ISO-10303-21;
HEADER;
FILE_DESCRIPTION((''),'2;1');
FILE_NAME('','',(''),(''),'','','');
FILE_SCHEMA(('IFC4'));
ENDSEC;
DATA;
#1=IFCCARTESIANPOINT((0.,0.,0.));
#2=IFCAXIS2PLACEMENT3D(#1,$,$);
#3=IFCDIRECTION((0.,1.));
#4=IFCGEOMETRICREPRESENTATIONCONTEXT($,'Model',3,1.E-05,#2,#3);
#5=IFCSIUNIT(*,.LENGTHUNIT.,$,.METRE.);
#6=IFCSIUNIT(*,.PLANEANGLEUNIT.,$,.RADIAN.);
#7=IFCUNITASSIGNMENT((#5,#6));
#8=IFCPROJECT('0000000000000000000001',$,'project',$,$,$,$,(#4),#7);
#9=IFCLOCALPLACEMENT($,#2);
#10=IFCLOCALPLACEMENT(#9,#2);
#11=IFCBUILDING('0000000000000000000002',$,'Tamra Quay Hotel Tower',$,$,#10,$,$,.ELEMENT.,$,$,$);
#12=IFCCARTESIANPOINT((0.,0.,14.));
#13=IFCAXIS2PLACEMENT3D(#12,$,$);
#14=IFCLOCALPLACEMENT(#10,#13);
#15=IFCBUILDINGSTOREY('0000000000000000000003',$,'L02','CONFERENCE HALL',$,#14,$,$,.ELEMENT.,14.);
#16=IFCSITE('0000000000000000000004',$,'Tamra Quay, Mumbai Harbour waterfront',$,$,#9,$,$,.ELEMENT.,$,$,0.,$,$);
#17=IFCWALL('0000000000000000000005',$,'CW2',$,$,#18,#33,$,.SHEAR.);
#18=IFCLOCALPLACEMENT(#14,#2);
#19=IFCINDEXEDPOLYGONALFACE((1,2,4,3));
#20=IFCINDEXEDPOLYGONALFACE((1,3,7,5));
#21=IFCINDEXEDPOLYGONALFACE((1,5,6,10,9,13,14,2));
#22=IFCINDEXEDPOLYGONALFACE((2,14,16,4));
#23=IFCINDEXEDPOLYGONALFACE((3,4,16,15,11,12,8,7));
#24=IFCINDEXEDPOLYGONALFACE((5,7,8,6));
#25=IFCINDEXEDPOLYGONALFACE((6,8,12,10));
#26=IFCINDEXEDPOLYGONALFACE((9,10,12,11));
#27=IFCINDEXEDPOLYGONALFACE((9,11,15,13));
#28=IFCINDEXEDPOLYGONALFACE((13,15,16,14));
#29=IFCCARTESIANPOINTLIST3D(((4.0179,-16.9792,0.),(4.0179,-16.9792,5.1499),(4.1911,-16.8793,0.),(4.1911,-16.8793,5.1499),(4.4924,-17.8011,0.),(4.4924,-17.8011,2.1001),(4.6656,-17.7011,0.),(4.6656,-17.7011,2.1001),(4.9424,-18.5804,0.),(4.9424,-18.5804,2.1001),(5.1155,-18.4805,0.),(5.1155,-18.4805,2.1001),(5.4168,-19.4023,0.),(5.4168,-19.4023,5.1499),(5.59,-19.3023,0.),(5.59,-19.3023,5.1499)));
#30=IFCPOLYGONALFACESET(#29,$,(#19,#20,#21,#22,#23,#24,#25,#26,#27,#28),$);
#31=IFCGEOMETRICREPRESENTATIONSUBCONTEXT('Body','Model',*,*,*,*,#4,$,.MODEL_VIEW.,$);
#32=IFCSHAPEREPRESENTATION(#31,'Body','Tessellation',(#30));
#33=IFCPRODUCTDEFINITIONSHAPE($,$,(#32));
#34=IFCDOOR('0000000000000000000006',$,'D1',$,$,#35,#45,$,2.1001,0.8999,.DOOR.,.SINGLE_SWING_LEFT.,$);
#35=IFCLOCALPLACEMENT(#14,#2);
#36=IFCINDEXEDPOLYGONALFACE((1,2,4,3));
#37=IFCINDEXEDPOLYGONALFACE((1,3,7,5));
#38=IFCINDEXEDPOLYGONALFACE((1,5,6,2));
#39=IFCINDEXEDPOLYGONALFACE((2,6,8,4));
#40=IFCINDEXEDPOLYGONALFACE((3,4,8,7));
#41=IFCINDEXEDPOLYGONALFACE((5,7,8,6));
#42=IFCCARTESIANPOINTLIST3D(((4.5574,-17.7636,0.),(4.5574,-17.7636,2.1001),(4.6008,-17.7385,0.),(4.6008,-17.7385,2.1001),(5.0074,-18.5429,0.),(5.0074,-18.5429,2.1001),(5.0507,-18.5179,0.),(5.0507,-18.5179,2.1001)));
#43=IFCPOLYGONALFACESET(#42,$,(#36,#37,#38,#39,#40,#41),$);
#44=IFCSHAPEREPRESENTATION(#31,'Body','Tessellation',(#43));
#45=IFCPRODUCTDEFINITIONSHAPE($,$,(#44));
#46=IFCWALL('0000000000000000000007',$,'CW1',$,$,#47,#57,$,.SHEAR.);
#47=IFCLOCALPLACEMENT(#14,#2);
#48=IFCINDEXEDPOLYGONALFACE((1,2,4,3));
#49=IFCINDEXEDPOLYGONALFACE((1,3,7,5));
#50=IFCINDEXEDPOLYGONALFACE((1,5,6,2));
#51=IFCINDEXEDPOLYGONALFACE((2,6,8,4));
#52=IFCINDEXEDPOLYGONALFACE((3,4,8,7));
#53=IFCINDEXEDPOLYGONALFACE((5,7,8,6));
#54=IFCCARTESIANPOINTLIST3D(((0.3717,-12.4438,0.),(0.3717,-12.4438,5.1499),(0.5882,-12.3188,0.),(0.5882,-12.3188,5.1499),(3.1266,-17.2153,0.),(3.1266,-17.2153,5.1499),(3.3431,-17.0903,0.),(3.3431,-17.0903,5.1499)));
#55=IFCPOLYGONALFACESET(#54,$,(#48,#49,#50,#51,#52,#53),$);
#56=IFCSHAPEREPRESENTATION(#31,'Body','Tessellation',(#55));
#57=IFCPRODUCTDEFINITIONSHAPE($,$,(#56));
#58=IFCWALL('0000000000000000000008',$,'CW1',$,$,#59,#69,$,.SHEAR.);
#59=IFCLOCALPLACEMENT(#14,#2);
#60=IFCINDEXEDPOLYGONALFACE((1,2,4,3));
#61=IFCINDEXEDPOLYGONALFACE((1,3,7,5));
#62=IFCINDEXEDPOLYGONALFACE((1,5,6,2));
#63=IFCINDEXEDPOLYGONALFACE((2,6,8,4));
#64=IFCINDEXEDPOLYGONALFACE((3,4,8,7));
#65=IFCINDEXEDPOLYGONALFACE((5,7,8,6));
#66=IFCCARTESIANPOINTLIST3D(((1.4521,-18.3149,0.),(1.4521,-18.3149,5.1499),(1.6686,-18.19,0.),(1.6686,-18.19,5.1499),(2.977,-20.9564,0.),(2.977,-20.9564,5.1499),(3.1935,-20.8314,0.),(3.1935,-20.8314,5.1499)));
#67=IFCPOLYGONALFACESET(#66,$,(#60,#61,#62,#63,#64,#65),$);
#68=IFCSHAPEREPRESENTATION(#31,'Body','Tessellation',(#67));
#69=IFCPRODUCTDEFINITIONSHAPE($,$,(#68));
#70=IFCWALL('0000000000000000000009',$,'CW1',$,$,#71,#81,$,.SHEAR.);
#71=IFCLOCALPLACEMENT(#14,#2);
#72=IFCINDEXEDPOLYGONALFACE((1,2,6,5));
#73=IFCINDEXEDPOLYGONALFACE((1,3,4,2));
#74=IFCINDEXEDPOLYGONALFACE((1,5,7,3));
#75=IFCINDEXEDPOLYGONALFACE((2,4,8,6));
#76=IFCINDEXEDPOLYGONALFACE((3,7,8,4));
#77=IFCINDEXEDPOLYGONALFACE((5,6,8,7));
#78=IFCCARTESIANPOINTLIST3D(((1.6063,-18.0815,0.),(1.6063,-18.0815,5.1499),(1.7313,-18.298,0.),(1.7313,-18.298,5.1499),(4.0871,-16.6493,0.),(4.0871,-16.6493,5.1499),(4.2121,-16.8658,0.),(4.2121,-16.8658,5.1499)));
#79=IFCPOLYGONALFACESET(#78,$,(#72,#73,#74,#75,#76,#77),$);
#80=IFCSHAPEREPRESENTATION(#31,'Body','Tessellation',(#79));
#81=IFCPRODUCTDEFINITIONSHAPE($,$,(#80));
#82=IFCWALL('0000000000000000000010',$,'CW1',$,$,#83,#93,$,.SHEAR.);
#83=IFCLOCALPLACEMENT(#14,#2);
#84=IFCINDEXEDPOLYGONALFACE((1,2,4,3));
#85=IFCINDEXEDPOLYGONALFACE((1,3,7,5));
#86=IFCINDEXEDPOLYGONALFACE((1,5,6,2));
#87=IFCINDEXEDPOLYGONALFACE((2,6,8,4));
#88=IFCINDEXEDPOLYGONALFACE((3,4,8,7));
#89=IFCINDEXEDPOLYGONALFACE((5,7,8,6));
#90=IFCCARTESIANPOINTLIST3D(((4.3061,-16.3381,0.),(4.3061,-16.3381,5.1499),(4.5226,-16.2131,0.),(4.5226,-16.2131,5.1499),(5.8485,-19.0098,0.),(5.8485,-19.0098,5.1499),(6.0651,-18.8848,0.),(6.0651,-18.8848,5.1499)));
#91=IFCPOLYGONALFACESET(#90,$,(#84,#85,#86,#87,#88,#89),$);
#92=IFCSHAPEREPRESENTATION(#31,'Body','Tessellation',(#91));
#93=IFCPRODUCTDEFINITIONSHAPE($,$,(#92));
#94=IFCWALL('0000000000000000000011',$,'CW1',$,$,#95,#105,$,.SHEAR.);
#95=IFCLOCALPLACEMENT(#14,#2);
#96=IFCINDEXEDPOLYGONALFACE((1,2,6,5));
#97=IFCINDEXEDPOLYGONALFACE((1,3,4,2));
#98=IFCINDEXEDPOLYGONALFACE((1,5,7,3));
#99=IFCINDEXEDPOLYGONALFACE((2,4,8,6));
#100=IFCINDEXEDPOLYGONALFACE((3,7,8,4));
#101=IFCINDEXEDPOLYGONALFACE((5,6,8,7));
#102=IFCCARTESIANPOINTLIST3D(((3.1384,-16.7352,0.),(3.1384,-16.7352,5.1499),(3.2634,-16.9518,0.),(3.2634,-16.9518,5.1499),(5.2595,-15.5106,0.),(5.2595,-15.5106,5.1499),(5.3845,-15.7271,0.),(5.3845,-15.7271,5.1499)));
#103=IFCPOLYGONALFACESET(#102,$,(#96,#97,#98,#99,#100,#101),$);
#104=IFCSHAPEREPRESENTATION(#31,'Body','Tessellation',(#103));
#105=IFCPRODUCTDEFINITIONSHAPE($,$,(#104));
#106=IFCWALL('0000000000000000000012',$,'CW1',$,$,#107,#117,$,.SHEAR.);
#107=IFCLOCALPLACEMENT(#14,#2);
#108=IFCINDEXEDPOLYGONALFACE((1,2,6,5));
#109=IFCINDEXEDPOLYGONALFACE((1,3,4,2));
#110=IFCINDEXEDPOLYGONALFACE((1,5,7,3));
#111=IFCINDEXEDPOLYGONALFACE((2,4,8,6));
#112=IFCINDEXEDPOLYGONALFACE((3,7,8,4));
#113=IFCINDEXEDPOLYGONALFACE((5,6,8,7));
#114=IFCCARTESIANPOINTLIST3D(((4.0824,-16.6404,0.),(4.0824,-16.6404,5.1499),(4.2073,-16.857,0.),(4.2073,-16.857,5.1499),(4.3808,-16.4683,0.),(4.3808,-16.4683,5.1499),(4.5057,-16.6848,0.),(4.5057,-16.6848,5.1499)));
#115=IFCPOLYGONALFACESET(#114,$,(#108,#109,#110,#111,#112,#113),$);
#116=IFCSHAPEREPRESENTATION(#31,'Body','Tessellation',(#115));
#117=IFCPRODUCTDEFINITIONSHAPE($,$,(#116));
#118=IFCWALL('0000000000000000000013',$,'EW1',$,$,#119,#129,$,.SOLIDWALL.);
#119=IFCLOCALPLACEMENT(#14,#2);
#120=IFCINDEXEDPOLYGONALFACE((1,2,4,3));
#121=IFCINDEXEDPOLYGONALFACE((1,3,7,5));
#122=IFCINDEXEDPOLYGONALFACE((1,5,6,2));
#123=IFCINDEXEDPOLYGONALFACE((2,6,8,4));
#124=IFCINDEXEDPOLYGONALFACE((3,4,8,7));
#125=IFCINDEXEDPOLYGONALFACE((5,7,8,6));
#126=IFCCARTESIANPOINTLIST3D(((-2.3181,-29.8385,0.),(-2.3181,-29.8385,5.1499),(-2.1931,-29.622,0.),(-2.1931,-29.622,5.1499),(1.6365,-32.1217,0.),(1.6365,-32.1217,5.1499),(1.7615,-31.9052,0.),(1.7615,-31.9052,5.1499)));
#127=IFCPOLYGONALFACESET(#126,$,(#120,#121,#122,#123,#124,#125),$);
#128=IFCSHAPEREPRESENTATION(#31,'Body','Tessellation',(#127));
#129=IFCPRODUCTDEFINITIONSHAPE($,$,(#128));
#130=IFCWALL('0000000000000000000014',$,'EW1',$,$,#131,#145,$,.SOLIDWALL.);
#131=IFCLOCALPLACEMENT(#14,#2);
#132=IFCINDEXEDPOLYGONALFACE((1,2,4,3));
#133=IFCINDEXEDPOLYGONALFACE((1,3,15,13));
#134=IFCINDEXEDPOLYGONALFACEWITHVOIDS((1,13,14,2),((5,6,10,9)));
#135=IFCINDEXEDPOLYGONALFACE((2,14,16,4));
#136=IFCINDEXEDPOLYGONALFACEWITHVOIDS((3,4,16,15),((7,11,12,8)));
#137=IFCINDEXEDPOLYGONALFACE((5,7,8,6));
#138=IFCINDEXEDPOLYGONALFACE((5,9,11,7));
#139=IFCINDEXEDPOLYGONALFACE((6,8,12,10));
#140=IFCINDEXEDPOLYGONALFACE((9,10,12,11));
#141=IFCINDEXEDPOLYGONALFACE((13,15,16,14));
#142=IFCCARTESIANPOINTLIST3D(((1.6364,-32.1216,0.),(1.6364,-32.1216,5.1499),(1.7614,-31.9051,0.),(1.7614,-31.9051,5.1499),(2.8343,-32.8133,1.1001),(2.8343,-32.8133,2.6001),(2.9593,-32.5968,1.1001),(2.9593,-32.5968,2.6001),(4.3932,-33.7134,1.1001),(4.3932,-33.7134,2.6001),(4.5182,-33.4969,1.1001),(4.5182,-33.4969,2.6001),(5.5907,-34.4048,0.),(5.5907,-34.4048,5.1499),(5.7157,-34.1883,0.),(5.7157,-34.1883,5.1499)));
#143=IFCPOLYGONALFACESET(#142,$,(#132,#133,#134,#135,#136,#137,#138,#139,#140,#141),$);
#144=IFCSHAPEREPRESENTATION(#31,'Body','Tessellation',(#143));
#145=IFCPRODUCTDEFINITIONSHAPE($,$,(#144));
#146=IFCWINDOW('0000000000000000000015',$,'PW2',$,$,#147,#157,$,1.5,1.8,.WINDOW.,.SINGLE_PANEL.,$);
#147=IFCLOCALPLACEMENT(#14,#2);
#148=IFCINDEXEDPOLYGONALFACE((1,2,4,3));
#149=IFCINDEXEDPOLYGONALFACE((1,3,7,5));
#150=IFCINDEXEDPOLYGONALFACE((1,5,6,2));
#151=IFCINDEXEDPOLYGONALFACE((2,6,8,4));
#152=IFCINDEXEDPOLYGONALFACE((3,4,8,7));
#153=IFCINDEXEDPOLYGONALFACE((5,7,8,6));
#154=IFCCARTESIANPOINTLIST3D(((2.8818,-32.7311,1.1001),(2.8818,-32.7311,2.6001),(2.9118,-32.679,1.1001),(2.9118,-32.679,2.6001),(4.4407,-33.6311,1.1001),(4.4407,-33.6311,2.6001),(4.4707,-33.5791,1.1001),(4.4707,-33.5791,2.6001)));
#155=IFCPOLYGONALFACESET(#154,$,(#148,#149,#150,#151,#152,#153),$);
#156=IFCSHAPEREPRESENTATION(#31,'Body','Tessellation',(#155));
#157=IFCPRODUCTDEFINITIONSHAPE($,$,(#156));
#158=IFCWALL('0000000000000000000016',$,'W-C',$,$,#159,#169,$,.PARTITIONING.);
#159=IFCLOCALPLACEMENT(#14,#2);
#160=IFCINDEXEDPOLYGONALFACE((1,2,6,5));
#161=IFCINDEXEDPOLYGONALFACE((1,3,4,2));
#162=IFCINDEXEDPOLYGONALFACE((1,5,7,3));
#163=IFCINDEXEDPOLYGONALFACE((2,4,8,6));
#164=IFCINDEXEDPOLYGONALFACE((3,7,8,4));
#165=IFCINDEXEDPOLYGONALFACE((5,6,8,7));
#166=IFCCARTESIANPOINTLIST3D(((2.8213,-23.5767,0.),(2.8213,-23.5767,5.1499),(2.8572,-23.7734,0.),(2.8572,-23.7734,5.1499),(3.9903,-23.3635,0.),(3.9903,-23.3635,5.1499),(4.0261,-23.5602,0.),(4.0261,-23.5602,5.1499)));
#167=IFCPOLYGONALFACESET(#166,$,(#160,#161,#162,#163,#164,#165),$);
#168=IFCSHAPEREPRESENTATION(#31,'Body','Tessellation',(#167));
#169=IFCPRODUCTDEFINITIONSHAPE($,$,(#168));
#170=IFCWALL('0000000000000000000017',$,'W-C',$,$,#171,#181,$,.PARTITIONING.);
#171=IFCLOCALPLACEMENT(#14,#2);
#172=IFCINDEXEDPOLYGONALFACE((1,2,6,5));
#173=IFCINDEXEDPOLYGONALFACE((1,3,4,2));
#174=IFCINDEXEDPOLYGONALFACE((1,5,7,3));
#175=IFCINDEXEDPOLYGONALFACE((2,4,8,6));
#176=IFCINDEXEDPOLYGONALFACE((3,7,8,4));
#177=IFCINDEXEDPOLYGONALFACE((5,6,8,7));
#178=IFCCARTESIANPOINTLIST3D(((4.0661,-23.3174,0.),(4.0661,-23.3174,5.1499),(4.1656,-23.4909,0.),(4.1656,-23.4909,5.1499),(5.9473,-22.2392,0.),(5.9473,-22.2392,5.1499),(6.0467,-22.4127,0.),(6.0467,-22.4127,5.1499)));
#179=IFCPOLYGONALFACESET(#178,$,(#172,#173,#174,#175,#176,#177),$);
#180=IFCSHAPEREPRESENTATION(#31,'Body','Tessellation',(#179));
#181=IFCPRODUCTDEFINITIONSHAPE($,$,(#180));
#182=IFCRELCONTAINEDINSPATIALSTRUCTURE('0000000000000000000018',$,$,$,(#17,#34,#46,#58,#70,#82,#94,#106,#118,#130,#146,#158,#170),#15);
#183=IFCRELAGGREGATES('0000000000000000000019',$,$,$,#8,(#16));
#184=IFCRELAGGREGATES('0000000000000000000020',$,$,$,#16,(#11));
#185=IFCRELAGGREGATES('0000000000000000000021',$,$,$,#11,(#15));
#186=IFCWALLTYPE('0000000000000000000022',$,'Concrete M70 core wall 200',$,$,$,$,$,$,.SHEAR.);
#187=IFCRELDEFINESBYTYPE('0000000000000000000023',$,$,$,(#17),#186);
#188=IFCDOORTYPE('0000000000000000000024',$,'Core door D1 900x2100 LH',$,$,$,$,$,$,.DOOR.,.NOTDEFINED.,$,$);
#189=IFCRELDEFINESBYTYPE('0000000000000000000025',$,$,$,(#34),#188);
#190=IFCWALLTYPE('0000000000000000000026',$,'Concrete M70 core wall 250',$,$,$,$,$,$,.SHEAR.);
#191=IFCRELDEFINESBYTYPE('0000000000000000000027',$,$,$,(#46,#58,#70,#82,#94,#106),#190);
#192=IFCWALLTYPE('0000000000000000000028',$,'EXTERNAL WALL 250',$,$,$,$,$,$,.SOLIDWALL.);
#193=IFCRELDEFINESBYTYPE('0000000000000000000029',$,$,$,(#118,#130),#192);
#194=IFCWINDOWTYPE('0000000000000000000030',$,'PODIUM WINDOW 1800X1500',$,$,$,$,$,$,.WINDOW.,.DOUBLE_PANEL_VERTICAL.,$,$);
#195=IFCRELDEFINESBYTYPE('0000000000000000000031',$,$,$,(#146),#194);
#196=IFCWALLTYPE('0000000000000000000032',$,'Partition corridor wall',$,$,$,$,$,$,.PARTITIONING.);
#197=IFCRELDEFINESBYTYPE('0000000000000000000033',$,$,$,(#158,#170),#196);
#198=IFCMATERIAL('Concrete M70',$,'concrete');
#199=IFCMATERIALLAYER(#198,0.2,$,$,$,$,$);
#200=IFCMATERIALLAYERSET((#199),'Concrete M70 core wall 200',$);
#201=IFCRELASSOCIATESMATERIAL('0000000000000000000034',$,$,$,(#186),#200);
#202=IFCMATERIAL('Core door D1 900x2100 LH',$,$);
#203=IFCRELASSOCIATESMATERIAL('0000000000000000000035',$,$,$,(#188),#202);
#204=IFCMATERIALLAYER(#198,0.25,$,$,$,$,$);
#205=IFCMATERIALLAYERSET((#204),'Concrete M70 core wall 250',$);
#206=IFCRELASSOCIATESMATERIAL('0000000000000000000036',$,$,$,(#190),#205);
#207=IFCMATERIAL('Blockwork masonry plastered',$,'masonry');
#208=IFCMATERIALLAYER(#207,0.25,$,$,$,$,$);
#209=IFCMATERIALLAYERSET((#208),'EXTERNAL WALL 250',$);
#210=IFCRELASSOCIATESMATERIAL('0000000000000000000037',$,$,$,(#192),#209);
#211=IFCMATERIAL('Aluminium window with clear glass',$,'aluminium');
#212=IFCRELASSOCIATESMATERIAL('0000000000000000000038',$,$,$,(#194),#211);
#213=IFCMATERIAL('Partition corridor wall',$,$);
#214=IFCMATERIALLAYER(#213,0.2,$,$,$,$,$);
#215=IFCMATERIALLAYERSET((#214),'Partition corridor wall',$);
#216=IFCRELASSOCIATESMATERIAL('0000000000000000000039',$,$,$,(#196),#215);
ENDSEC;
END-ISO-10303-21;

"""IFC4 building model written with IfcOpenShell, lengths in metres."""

from ifc_helpers import new_model, si_unit, direction, frame, frame_2d, origin, place, context, subcontext, project, spatial, rectangle, extrude, material, layer, layer_set, type_object, element, fill, save


model = new_model("IFC4")

# Units and contexts
model_context = context("Model", 3, precision=1e-05, world=origin(), true_north=direction((0.0, 1.0)))
body_context = subcontext(model_context, "Body", "Model", "MODEL_VIEW")
ifc_project = project(units=[si_unit("LENGTHUNIT", "METRE"), si_unit("PLANEANGLEUNIT", "RADIAN")], contexts=[model_context])

# Site, building, storey
site_placement = place(None, origin())
site = spatial("IfcSite", under=ifc_project, at=site_placement, Name="Tamra Quay, Mumbai Harbour waterfront", CompositionType="ELEMENT", RefElevation=0.0)
building_placement = place(site_placement, origin())
building = spatial("IfcBuilding", under=site, at=building_placement, Name="Tamra Quay Hotel Tower", CompositionType="ELEMENT")
storey_placement = place(building_placement, frame((0.0, 0.0, 14.0)))
storey = spatial("IfcBuildingStorey", under=building, at=storey_placement, Name="L02", Description="CONFERENCE HALL", CompositionType="ELEMENT", Elevation=14.0)

# Wall, opening, door
ifc_material_1 = material(Name="Concrete M70", Category="concrete")
ifc_layer_1 = layer(ifc_material_1, 0.2)
ifc_layer_set_1 = layer_set([ifc_layer_1], Name="Concrete M70 core wall 200")
wall_type_1 = type_object("IfcWallType", Name="Concrete M70 core wall 200", PredefinedType="SHEAR", material=ifc_layer_set_1)
wall_1_placement = place(storey_placement, frame((5.5034, -19.3523, 0.0), z_axis=(0.0, 0.0, 1.0), x_axis=(-0.499987, 0.866033, 0.0)))
wall_1 = element("IfcWall", 1, at=wall_1_placement, inside=storey, type_object=wall_type_1, Name="CW2", PredefinedType="SHEAR", context=body_context, shape_type="SweptSolid", body=[
    extrude(rectangle(XDim=2.7979, YDim=0.2, at=frame_2d((1.3989, 0.0))), origin(), (0.0, 0.0, 1.0), 5.1499),
])
opening_1_placement = place(wall_1_placement, frame((0.949, 0.0, 0.0)))
opening_1 = element("IfcOpeningElement", 2, at=opening_1_placement, cuts=wall_1, PredefinedType="OPENING", context=body_context, shape_type="SweptSolid", body=[
    extrude(rectangle(XDim=0.8999, YDim=2.1001, at=frame_2d((0.45, 1.05))), frame((0.0, 0.1099, 0.0), z_axis=(0.0, -1.0, 0.0), x_axis=(1.0, 0.0, 0.0)), (0.0, 0.0, 1.0), 0.22),
])
ifc_material_2 = material(Name="Core door D1 900x2100 LH")
door_type = type_object("IfcDoorType", Name="Core door D1 900x2100 LH", OperationType="NOTDEFINED", PredefinedType="DOOR", material=ifc_material_2)
door_placement = place(opening_1_placement, origin())
door = element("IfcDoor", 3, at=door_placement, inside=storey, type_object=door_type, Name="D1", OperationType="SINGLE_SWING_LEFT", OverallHeight=2.1001, OverallWidth=0.8999, PredefinedType="DOOR", context=body_context, shape_type="SweptSolid", body=[
    extrude(rectangle(XDim=0.8999, YDim=2.1001, at=frame_2d((0.45, 1.05))), frame((0.0, 0.0249, 0.0), z_axis=(0.0, -1.0, 0.0), x_axis=(1.0, 0.0, 0.0)), (0.0, 0.0, 1.0), 0.05),
])
fill(opening_1, door)

# Walls
ifc_layer_2 = layer(ifc_material_1, 0.25)
ifc_layer_set_2 = layer_set([ifc_layer_2], Name="Concrete M70 core wall 250")
wall_type_2 = type_object("IfcWallType", Name="Concrete M70 core wall 250", PredefinedType="SHEAR", material=ifc_layer_set_2)
wall_2_placement = place(storey_placement, frame((3.2349, -17.1528, 0.0), z_axis=(0.0, 0.0, 1.0), x_axis=(-0.500009, 0.86602, 0.0)))
element("IfcWall", 4, at=wall_2_placement, inside=storey, type_object=wall_type_2, Name="CW1", PredefinedType="SHEAR", context=body_context, shape_type="SweptSolid", body=[
    extrude(rectangle(XDim=5.5098, YDim=0.25, at=frame_2d((2.7549, 0.0))), origin(), (0.0, 0.0, 1.0), 5.1499),
])
wall_3_placement = place(storey_placement, frame((3.0852, -20.8938, 0.0), z_axis=(0.0, 0.0, 1.0), x_axis=(-0.499979, 0.866038, 0.0)))
element("IfcWall", 5, at=wall_3_placement, inside=storey, type_object=wall_type_2, Name="CW1", PredefinedType="SHEAR", context=body_context, shape_type="SweptSolid", body=[
    extrude(rectangle(XDim=3.05, YDim=0.25, at=frame_2d((1.5249, 0.0))), origin(), (0.0, 0.0, 1.0), 5.1499),
])
wall_4_placement = place(storey_placement, frame((1.6689, -18.1897, 0.0), z_axis=(0.0, 0.0, 1.0), x_axis=(0.866042, 0.499971, 0.0)))
element("IfcWall", 6, at=wall_4_placement, inside=storey, type_object=wall_type_2, Name="CW1", PredefinedType="SHEAR", context=body_context, shape_type="SweptSolid", body=[
    extrude(rectangle(XDim=2.8645, YDim=0.25, at=frame_2d((1.4321, 0.0))), origin(), (0.0, 0.0, 1.0), 5.1499),
])
wall_5_placement = place(storey_placement, frame((4.4143, -16.2756, 0.0), z_axis=(0.0, 0.0, 1.0), x_axis=(0.500003, -0.866023, 0.0)))
element("IfcWall", 7, at=wall_5_placement, inside=storey, type_object=wall_type_2, Name="CW1", PredefinedType="SHEAR", context=body_context, shape_type="SweptSolid", body=[
    extrude(rectangle(XDim=3.085, YDim=0.25, at=frame_2d((1.5425, 0.0))), origin(), (0.0, 0.0, 1.0), 5.1499),
])
wall_6_placement = place(storey_placement, frame((5.322, -15.6189, 0.0), z_axis=(0.0, 0.0, 1.0), x_axis=(-0.866026, -0.499999, 0.0)))
element("IfcWall", 8, at=wall_6_placement, inside=storey, type_object=wall_type_2, Name="CW1", PredefinedType="SHEAR", context=body_context, shape_type="SweptSolid", body=[
    extrude(rectangle(XDim=2.4492, YDim=0.25, at=frame_2d((1.2246, 0.0))), origin(), (0.0, 0.0, 1.0), 5.1499),
])
wall_7_placement = place(storey_placement, frame((4.1448, -16.7488, 0.0), z_axis=(0.0, 0.0, 1.0), x_axis=(0.866186, 0.499722, 0.0)))
element("IfcWall", 9, at=wall_7_placement, inside=storey, type_object=wall_type_2, Name="CW1", PredefinedType="SHEAR", context=body_context, shape_type="SweptSolid", body=[
    extrude(rectangle(XDim=0.3445, YDim=0.25, at=frame_2d((0.1724, 0.0))), origin(), (0.0, 0.0, 1.0), 5.1499),
])
ifc_material_3 = material(Name="Blockwork masonry plastered", Category="masonry")
ifc_layer_3 = layer(ifc_material_3, 0.25)
ifc_layer_set_3 = layer_set([ifc_layer_3], Name="EXTERNAL WALL 250")
wall_type_3 = type_object("IfcWallType", Name="EXTERNAL WALL 250", PredefinedType="SOLIDWALL", material=ifc_layer_set_3)
wall_8_placement = place(storey_placement, frame((1.699, -32.0134, 0.0), z_axis=(0.0, 0.0, 1.0), x_axis=(-0.866024, 0.500003, 0.0)))
element("IfcWall", 10, at=wall_8_placement, inside=storey, type_object=wall_type_3, Name="EW1", PredefinedType="SOLIDWALL", context=body_context, shape_type="SweptSolid", body=[
    extrude(rectangle(XDim=4.5664, YDim=0.25, at=frame_2d((2.2832, 0.0))), origin(), (0.0, 0.0, 1.0), 5.1499),
])

# Wall, opening, window
wall_9_placement = place(storey_placement, frame((5.6533, -34.2966, 0.0), z_axis=(0.0, 0.0, 1.0), x_axis=(-0.86601, 0.500026, 0.0)))
wall_9 = element("IfcWall", 11, at=wall_9_placement, inside=storey, type_object=wall_type_3, Name="EW1", PredefinedType="SOLIDWALL", context=body_context, shape_type="SweptSolid", body=[
    extrude(rectangle(XDim=4.5662, YDim=0.25, at=frame_2d((2.2832, 0.0))), origin(), (0.0, 0.0, 1.0), 5.1499),
])
opening_2_placement = place(wall_9_placement, frame((1.3831, 0.0, 1.1001)))
opening_2 = element("IfcOpeningElement", 12, at=opening_2_placement, cuts=wall_9, PredefinedType="OPENING", context=body_context, shape_type="SweptSolid", body=[
    extrude(rectangle(XDim=1.8, YDim=1.5, at=frame_2d((0.8999, 0.75))), frame((0.0, 0.135, 0.0), z_axis=(0.0, -1.0, 0.0), x_axis=(1.0, 0.0, 0.0)), (0.0, 0.0, 1.0), 0.27),
])
ifc_material_4 = material(Name="Aluminium window with clear glass", Category="aluminium")
window_type = type_object("IfcWindowType", Name="PODIUM WINDOW 1800X1500", PartitioningType="DOUBLE_PANEL_VERTICAL", PredefinedType="WINDOW", material=ifc_material_4)
window_placement = place(opening_2_placement, origin())
window = element("IfcWindow", 13, at=window_placement, inside=storey, type_object=window_type, Name="PW2", OverallHeight=1.5, OverallWidth=1.8, PartitioningType="SINGLE_PANEL", PredefinedType="WINDOW", context=body_context, shape_type="SweptSolid", body=[
    extrude(rectangle(XDim=1.8, YDim=1.5, at=frame_2d((0.8999, 0.75))), frame((0.0, 0.03, 0.0), z_axis=(0.0, -1.0, 0.0), x_axis=(1.0, 0.0, 0.0)), (0.0, 0.0, 1.0), 0.0601),
])
fill(opening_2, window)

# Walls
ifc_material_5 = material(Name="Partition corridor wall")
ifc_layer_4 = layer(ifc_material_5, 0.2)
ifc_layer_set_4 = layer_set([ifc_layer_4], Name="Partition corridor wall")
wall_type_4 = type_object("IfcWallType", Name="Partition corridor wall", PredefinedType="PARTITIONING", material=ifc_layer_set_4)
wall_10_placement = place(storey_placement, frame((2.8391, -23.675, 0.0), z_axis=(0.0, 0.0, 1.0), x_axis=(0.983781, 0.179374, 0.0)))
element("IfcWall", 14, at=wall_10_placement, inside=storey, type_object=wall_type_4, Name="W-C", PredefinedType="PARTITIONING", context=body_context, shape_type="SweptSolid", body=[
    extrude(rectangle(XDim=1.1882, YDim=0.2, at=frame_2d((0.5942, 0.0))), origin(), (0.0, 0.0, 1.0), 5.1499),
])
wall_11_placement = place(storey_placement, frame((4.116, -23.4041, 0.0), z_axis=(0.0, 0.0, 1.0), x_axis=(0.867605, 0.497254, 0.0)))
element("IfcWall", 15, at=wall_11_placement, inside=storey, type_object=wall_type_4, Name="W-C", PredefinedType="PARTITIONING", context=body_context, shape_type="SweptSolid", body=[
    extrude(rectangle(XDim=2.1682, YDim=0.2, at=frame_2d((1.084, 0.0))), origin(), (0.0, 0.0, 1.0), 5.1499),
])

save(model, "model.ifc")
